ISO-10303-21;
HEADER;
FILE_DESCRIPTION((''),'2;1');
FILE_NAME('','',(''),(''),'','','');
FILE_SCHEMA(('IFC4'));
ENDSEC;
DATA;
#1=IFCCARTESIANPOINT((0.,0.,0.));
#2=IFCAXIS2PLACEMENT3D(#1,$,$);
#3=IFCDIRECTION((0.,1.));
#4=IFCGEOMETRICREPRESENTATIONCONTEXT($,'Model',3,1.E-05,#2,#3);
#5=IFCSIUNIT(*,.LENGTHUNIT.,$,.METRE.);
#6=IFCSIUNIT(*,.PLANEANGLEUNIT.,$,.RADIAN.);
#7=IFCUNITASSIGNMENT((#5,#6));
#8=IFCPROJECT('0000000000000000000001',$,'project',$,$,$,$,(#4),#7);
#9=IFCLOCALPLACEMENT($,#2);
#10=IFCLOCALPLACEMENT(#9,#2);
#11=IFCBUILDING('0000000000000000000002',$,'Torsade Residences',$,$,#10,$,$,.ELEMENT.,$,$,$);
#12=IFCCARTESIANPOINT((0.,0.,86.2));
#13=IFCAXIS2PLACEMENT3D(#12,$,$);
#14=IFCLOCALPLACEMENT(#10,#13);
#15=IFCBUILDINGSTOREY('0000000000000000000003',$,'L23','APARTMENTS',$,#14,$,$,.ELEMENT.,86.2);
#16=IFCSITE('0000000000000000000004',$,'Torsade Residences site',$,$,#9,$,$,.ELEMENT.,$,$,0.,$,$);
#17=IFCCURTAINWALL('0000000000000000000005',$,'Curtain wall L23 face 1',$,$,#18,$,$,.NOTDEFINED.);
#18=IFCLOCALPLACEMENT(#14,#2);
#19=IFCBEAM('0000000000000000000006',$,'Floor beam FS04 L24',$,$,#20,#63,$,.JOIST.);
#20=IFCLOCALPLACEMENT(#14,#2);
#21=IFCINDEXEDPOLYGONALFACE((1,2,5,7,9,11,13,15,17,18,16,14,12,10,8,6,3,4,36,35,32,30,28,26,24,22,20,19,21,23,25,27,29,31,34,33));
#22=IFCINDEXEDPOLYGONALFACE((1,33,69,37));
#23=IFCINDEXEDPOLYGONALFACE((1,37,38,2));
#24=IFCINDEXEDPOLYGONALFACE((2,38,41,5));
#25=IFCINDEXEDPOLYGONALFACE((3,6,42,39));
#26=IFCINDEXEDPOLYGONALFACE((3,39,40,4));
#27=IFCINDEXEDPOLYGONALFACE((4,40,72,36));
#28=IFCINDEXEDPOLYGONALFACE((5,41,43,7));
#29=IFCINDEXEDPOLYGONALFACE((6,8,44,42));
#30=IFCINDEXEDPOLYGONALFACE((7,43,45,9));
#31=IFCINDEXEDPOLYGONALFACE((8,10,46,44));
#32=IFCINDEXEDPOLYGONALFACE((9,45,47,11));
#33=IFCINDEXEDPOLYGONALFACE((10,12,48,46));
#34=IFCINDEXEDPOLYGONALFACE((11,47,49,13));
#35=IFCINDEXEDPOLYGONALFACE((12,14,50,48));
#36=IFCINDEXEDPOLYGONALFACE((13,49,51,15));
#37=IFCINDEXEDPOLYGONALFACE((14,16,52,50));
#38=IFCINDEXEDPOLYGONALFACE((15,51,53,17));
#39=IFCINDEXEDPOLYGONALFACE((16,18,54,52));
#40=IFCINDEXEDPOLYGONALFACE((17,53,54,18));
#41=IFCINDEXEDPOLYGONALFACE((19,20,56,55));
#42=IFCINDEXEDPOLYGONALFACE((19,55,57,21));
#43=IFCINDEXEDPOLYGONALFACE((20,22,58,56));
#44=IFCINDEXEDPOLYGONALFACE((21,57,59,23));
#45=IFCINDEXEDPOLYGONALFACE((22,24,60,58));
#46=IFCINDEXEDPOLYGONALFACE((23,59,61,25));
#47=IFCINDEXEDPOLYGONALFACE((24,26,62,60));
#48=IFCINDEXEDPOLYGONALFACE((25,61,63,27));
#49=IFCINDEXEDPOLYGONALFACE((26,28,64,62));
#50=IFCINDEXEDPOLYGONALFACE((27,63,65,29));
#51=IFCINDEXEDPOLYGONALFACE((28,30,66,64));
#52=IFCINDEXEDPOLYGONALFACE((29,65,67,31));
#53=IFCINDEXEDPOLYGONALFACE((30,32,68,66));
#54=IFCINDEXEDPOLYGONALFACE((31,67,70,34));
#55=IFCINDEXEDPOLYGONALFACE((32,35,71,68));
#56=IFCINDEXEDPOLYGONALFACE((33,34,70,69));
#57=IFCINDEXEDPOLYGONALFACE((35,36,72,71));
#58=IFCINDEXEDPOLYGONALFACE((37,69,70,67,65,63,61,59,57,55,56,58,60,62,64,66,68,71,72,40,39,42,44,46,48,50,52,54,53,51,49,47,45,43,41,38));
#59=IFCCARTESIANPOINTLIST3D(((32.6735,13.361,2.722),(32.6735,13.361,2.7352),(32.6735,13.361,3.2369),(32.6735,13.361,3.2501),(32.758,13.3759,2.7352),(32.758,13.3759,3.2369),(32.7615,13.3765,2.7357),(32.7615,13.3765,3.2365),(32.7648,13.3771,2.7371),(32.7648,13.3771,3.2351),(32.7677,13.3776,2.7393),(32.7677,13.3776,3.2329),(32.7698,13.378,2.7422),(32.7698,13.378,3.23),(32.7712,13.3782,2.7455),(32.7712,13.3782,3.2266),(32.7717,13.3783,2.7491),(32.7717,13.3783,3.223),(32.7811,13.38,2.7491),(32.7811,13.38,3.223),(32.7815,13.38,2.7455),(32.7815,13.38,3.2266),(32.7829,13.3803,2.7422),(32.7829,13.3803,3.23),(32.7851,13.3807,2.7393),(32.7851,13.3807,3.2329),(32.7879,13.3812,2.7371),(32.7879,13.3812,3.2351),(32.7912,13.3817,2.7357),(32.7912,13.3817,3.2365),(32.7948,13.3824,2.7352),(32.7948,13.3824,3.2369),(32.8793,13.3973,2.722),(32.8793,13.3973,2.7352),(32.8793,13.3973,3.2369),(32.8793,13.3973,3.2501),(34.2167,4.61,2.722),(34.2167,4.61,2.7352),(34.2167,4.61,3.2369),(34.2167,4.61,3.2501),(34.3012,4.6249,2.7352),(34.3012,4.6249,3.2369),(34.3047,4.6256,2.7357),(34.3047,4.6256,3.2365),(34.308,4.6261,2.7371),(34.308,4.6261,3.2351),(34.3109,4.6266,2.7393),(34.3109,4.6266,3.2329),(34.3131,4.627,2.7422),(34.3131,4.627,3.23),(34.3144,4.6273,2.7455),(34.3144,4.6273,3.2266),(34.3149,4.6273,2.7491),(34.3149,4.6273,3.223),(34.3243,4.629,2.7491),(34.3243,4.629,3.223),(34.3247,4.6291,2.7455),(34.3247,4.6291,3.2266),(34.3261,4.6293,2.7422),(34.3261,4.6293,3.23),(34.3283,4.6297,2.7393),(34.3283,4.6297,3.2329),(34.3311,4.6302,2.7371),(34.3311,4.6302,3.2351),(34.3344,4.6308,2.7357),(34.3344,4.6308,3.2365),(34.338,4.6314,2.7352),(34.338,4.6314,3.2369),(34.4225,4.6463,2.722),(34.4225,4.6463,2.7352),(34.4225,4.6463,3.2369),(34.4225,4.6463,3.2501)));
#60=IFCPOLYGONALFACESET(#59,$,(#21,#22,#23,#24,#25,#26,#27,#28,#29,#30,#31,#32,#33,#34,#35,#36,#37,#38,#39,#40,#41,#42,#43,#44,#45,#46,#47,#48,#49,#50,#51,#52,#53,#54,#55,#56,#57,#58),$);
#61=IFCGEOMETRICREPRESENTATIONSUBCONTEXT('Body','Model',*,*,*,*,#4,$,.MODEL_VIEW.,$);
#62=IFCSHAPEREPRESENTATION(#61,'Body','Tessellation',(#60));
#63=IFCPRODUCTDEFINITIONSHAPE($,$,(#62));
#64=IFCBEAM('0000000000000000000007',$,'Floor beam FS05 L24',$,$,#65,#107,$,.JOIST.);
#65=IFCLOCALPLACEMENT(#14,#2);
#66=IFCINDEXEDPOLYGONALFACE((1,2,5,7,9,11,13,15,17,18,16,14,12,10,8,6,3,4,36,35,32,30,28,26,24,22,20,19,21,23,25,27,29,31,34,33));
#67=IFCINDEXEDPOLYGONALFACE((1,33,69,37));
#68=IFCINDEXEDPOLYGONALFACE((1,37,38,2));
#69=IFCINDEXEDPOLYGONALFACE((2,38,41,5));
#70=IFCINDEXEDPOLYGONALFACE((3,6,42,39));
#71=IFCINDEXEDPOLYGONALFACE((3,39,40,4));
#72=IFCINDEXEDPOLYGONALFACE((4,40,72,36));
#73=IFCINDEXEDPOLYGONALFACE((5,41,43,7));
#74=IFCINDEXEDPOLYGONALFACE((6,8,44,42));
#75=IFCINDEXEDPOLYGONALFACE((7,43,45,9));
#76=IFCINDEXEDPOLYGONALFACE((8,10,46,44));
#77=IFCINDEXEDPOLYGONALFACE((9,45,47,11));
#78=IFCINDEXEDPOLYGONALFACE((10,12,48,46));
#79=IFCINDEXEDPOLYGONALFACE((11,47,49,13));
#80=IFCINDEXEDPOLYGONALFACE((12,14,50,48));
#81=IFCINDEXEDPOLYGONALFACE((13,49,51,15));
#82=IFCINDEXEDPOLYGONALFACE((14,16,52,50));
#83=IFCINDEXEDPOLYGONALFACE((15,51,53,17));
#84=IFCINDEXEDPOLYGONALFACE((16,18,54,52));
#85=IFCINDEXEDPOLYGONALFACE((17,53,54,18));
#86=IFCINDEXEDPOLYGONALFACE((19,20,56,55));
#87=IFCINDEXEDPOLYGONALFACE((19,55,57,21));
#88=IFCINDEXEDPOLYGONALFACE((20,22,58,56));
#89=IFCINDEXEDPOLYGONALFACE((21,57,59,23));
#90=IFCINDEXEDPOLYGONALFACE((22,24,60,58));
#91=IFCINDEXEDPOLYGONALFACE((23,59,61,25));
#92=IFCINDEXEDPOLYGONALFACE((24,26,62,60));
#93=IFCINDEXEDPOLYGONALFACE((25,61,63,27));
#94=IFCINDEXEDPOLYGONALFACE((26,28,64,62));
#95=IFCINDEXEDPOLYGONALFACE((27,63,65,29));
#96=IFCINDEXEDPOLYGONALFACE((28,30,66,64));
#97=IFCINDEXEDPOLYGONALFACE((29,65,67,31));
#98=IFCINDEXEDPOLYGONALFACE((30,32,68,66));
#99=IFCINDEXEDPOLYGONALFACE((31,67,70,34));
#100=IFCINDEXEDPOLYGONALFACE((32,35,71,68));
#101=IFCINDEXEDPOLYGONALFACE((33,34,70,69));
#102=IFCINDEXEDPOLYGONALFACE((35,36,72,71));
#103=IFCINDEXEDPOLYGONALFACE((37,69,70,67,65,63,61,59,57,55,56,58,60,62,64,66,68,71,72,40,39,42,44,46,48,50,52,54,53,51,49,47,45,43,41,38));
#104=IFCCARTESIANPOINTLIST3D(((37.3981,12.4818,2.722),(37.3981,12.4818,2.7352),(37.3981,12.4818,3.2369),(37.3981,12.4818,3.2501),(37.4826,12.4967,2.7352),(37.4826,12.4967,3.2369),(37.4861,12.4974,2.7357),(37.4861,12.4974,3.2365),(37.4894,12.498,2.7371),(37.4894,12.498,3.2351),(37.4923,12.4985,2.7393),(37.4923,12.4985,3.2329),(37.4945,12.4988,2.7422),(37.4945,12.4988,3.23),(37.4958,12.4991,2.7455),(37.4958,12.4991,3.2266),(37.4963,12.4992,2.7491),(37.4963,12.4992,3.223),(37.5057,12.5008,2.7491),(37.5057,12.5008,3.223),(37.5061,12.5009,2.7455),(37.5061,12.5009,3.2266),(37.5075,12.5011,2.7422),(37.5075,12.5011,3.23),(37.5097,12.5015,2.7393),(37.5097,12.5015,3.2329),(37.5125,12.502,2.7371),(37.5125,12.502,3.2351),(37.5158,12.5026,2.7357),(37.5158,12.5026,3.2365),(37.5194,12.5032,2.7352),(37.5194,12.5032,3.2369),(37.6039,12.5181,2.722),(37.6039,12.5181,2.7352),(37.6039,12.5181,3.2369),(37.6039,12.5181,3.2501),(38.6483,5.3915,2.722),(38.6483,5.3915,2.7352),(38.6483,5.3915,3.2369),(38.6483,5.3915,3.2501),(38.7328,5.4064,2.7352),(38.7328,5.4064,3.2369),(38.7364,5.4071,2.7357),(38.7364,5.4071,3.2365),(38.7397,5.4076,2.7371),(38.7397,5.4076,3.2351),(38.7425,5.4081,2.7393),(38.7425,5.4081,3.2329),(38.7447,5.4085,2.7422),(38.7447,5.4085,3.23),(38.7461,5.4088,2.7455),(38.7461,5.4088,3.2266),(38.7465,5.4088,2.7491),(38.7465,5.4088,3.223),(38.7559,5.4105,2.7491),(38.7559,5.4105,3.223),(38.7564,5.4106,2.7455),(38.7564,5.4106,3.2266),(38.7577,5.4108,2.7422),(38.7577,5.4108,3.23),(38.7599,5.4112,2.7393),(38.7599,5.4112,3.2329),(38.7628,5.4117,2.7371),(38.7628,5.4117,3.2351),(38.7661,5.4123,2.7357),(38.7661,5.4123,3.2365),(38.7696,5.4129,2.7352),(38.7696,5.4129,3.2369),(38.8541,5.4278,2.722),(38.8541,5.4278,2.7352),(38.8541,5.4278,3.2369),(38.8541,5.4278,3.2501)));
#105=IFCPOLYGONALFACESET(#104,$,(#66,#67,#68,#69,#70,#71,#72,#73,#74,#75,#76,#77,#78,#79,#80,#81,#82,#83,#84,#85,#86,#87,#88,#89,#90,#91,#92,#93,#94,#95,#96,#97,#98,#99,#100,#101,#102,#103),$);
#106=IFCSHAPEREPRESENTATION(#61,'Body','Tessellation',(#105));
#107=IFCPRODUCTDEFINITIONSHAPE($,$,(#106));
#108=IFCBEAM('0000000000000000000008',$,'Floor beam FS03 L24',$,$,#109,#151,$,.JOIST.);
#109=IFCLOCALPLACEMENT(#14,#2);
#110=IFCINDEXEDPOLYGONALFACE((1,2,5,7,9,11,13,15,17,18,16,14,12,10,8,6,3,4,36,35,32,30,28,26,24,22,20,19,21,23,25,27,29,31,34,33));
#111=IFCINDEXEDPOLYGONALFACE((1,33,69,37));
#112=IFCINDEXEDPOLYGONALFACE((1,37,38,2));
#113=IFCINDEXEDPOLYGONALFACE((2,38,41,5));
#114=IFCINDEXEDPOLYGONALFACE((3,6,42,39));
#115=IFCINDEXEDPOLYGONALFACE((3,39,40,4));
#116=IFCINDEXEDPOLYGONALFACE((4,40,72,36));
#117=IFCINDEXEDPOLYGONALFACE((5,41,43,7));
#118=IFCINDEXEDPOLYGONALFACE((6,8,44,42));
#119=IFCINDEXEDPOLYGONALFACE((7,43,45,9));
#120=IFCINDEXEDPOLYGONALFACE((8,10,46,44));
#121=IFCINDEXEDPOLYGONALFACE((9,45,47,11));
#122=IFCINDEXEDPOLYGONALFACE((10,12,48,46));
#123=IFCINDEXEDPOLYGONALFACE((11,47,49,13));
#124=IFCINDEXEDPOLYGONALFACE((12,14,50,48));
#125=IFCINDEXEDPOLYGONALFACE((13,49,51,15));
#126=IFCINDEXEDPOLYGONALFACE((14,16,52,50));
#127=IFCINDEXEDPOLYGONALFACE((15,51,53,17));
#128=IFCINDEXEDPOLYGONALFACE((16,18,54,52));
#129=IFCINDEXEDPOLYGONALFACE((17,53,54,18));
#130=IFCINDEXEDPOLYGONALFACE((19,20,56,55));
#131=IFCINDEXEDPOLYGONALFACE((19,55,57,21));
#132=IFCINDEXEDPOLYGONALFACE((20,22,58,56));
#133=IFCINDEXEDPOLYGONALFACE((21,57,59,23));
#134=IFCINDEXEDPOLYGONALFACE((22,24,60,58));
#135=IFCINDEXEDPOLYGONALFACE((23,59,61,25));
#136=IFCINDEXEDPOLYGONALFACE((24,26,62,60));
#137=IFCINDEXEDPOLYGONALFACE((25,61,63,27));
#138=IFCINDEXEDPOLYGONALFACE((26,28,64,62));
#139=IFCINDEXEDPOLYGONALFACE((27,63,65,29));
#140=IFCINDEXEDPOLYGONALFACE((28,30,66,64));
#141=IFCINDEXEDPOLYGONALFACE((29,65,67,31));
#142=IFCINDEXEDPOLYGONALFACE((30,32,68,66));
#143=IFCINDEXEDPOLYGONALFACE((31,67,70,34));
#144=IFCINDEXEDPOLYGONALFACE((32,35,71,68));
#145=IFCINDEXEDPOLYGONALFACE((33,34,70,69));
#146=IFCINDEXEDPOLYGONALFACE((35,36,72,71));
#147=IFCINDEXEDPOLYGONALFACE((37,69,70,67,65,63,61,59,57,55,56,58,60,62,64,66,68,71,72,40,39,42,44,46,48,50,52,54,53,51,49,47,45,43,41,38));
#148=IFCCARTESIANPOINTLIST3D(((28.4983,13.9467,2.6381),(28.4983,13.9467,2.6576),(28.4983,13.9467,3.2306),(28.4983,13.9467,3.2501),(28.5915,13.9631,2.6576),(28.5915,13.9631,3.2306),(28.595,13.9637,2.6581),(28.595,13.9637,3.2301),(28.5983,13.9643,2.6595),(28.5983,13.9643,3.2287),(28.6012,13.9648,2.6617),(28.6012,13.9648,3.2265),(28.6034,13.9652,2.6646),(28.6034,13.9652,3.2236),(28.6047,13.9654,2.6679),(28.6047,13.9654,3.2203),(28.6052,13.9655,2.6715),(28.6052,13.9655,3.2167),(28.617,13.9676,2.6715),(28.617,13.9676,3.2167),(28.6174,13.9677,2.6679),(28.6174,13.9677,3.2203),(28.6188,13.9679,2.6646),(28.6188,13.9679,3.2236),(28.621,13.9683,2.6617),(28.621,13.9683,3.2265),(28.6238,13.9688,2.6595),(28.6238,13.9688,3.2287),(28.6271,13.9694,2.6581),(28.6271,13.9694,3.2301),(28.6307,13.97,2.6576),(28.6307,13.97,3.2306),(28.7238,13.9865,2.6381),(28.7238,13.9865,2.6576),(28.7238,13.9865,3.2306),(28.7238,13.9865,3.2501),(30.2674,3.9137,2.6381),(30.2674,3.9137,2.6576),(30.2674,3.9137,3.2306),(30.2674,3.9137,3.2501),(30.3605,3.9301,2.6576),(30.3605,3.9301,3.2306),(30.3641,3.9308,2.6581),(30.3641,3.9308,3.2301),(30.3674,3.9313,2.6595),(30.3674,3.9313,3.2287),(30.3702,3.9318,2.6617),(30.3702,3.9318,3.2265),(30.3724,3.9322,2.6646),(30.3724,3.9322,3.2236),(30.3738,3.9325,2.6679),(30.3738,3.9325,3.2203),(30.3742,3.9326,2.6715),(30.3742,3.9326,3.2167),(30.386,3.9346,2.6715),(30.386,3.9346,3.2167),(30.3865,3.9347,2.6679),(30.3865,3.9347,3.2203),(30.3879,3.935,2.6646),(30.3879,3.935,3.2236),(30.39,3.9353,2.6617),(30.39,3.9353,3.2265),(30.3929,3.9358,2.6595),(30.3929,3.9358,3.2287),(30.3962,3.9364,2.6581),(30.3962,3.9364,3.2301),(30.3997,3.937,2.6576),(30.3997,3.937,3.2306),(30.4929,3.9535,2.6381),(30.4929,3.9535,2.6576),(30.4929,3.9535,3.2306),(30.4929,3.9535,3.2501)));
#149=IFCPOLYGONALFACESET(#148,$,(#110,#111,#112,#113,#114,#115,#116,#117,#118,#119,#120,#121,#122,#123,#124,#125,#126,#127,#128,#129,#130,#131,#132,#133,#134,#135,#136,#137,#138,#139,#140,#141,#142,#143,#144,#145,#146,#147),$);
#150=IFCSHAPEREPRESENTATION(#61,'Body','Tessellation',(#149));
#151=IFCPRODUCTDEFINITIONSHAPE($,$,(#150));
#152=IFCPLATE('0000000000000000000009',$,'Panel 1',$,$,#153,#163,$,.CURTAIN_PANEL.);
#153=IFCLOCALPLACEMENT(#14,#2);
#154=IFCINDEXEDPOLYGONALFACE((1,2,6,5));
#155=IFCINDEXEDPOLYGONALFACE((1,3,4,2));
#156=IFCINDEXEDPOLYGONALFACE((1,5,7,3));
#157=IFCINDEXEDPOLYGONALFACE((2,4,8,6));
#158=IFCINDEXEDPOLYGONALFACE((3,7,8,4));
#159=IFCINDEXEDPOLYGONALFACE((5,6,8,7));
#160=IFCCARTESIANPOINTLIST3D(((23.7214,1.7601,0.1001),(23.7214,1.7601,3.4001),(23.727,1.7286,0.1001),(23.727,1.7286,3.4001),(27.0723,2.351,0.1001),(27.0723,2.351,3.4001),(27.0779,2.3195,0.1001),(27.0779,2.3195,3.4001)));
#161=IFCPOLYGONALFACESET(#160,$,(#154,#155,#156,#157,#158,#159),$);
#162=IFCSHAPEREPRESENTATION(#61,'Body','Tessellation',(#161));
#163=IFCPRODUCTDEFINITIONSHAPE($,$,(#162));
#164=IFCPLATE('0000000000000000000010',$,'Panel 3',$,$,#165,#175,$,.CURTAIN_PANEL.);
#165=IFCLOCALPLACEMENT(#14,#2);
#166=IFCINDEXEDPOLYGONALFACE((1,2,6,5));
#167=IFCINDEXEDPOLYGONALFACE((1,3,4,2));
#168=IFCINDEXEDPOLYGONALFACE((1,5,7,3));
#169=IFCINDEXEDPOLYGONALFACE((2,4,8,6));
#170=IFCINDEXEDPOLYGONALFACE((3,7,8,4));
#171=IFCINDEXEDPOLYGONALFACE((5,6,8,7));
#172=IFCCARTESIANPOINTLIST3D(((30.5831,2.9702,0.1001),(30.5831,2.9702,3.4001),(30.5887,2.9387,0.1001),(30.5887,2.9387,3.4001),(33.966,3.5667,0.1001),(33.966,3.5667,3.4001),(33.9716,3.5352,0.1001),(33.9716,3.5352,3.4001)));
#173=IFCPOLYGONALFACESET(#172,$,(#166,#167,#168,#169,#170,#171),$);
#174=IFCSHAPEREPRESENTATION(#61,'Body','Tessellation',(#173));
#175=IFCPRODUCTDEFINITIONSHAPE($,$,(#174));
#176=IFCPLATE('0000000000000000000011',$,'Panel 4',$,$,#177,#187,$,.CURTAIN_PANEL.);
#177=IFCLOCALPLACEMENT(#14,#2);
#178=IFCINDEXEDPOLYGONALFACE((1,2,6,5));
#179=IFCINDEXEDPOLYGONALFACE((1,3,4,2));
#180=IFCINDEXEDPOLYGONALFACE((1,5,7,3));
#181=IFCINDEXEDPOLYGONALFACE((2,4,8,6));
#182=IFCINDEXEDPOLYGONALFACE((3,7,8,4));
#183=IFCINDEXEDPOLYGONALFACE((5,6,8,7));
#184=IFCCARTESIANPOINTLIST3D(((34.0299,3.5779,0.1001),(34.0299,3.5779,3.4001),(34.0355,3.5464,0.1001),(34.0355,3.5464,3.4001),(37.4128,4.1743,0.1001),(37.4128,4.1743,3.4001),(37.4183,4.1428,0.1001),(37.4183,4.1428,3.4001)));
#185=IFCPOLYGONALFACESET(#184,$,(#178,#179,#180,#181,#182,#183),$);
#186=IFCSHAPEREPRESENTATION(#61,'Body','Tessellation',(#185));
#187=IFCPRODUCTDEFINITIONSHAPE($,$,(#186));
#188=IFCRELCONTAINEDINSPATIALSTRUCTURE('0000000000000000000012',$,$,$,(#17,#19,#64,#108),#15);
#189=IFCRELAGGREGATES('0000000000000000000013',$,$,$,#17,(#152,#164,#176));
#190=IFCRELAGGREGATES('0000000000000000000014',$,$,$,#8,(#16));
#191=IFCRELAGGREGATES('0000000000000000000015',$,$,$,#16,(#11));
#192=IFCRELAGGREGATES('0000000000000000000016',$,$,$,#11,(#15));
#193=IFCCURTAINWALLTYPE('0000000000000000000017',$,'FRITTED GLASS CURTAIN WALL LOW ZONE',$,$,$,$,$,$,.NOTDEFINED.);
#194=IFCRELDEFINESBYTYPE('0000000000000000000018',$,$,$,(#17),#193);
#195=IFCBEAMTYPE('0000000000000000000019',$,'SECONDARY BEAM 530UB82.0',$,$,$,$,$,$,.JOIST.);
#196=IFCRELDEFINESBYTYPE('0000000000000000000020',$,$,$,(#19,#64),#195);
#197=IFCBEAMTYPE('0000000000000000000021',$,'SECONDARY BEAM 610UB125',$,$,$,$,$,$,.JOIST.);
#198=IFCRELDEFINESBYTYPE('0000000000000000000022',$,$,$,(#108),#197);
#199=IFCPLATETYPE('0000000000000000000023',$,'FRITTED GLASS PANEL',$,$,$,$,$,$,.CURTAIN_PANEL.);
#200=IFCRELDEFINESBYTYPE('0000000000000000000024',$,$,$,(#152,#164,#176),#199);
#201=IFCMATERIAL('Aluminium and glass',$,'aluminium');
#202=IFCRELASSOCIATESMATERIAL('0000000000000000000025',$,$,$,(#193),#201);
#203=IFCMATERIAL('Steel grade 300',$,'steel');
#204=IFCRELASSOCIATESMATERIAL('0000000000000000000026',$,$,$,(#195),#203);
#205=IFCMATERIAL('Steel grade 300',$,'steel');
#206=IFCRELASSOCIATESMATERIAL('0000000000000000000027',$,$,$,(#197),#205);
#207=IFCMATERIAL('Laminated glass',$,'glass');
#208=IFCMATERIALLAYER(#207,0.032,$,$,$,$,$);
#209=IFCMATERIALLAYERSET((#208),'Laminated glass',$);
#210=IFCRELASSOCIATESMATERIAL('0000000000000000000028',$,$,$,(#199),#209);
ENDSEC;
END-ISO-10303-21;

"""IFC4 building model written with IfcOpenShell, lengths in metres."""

from ifc_helpers import new_model, si_unit, direction, frame, origin, origin_2d, place, context, subcontext, project, spatial, rectangle, i_section, extrude, material, layer, layer_set, material_profile, profile_set, type_object, element, aggregate, save


model = new_model("IFC4")

# Units and contexts
model_context = context("Model", 3, precision=1e-05, world=origin(), true_north=direction((0.0, 1.0)))
body_context = subcontext(model_context, "Body", "Model", "MODEL_VIEW")
ifc_project = project(units=[si_unit("LENGTHUNIT", "METRE"), si_unit("PLANEANGLEUNIT", "RADIAN")], contexts=[model_context])

# Site, building, storey
site_placement = place(None, origin())
site = spatial("IfcSite", under=ifc_project, at=site_placement, Name="Torsade Residences site", CompositionType="ELEMENT", RefElevation=0.0)
building_placement = place(site_placement, origin())
building = spatial("IfcBuilding", under=site, at=building_placement, Name="Torsade Residences", CompositionType="ELEMENT")
storey_placement = place(building_placement, frame((0.0, 0.0, 86.2)))
storey = spatial("IfcBuildingStorey", under=building, at=storey_placement, Name="L23", Description="APARTMENTS", CompositionType="ELEMENT", Elevation=86.2)

# Curtain wall
ifc_material_1 = material(Name="Aluminium and glass", Category="aluminium")
curtain_wall_type = type_object("IfcCurtainWallType", Name="FRITTED GLASS CURTAIN WALL LOW ZONE", PredefinedType="NOTDEFINED", material=ifc_material_1)
curtain_wall_placement = place(storey_placement, origin())
curtain_wall = element("IfcCurtainWall", 1, at=curtain_wall_placement, inside=storey, type_object=curtain_wall_type, Name="Curtain wall L23 face 1", PredefinedType="NOTDEFINED")

# Beams
ifc_material_2 = material(Name="Steel grade 300", Category="steel")
ifc_material_profile_1 = material_profile(ifc_material_2, i_section(OverallWidth=0.209, OverallDepth=0.5281, WebThickness=0.0095, FlangeThickness=0.0132, FilletRadius=0.0139, at=origin_2d()), Name="530UB82.0")
ifc_profile_set_1 = profile_set([ifc_material_profile_1], Name="Steel grade 300")
beam_type_1 = type_object("IfcBeamType", Name="SECONDARY BEAM 530UB82.0", PredefinedType="JOIST", material=ifc_profile_set_1)
beam_1_placement = place(storey_placement, frame((34.3196, 4.6282, 2.9861), z_axis=(-0.173668, 0.984804, 0.0), x_axis=(-0.984804, -0.173668, 0.0)))
element("IfcBeam", 2, at=beam_1_placement, inside=storey, type_object=beam_type_1, Name="Floor beam FS04 L24", PredefinedType="JOIST", context=body_context, shape_type="SweptSolid", body=[
    extrude(i_section(OverallWidth=0.209, OverallDepth=0.5281, WebThickness=0.0095, FlangeThickness=0.0132, FilletRadius=0.0139, at=origin_2d()), origin(), (0.0, 0.0, 1.0), 8.886),
])
beam_2_placement = place(storey_placement, frame((38.7512, 5.4097, 2.9861), z_axis=(-0.173652, 0.984807, 0.0), x_axis=(-0.984807, -0.173652, 0.0)))
element("IfcBeam", 3, at=beam_2_placement, inside=storey, type_object=beam_type_1, Name="Floor beam FS05 L24", PredefinedType="JOIST", context=body_context, shape_type="SweptSolid", body=[
    extrude(i_section(OverallWidth=0.209, OverallDepth=0.5281, WebThickness=0.0095, FlangeThickness=0.0132, FilletRadius=0.0139, at=origin_2d()), origin(), (0.0, 0.0, 1.0), 7.1997),
])
ifc_material_3 = material(Name="Steel grade 300", Category="steel")
ifc_material_profile_2 = material_profile(ifc_material_3, i_section(OverallWidth=0.229, OverallDepth=0.6121, WebThickness=0.012, FlangeThickness=0.0195, FilletRadius=0.0139, at=origin_2d()), Name="610UB125")
ifc_profile_set_2 = profile_set([ifc_material_profile_2], Name="Steel grade 300")
beam_type_2 = type_object("IfcBeamType", Name="SECONDARY BEAM 610UB125", PredefinedType="JOIST", material=ifc_profile_set_2)
beam_3_placement = place(storey_placement, frame((30.3801, 3.9336, 2.9441), z_axis=(-0.173645, 0.984808, 0.0), x_axis=(-0.984808, -0.173645, 0.0)))
element("IfcBeam", 4, at=beam_3_placement, inside=storey, type_object=beam_type_2, Name="Floor beam FS03 L24", PredefinedType="JOIST", context=body_context, shape_type="SweptSolid", body=[
    extrude(i_section(OverallWidth=0.229, OverallDepth=0.6121, WebThickness=0.012, FlangeThickness=0.0195, FilletRadius=0.0139, at=origin_2d()), origin(), (0.0, 0.0, 1.0), 10.1877),
])

# Plates
ifc_material_4 = material(Name="Laminated glass", Category="glass")
ifc_layer_1 = layer(ifc_material_4, 0.032)
ifc_layer_set_1 = layer_set([ifc_layer_1], Name="Laminated glass")
plate_type_1 = type_object("IfcPlateType", Name="FRITTED GLASS PANEL", PredefinedType="CURTAIN_PANEL", material=ifc_layer_set_1)
plate_1_placement = place(storey_placement, frame((25.3997, 2.0398, 0.1001), z_axis=(0.0, 0.0, 1.0), x_axis=(0.984808, 0.173648, 0.0)))
plate_1 = element("IfcPlate", 5, at=plate_1_placement, type_object=plate_type_1, Name="Panel 1", PredefinedType="CURTAIN_PANEL", context=body_context, shape_type="SweptSolid", body=[
    extrude(rectangle(XDim=3.4026, YDim=0.032, at=origin_2d()), origin(), (0.0, 0.0, 1.0), 3.3),
])
plate_2_placement = place(storey_placement, frame((32.2773, 3.2527, 0.1001), z_axis=(0.0, 0.0, 1.0), x_axis=(0.984808, 0.173648, 0.0)))
plate_2 = element("IfcPlate", 6, at=plate_2_placement, type_object=plate_type_1, Name="Panel 3", PredefinedType="CURTAIN_PANEL", context=body_context, shape_type="SweptSolid", body=[
    extrude(rectangle(XDim=3.4351, YDim=0.032, at=origin_2d()), origin(), (0.0, 0.0, 1.0), 3.3),
])
plate_3_placement = place(storey_placement, frame((35.7241, 3.8604, 0.1001), z_axis=(0.0, 0.0, 1.0), x_axis=(0.984808, 0.173648, 0.0)))
plate_3 = element("IfcPlate", 7, at=plate_3_placement, type_object=plate_type_1, Name="Panel 4", PredefinedType="CURTAIN_PANEL", context=body_context, shape_type="SweptSolid", body=[
    extrude(rectangle(XDim=3.4351, YDim=0.032, at=origin_2d()), origin(), (0.0, 0.0, 1.0), 3.3),
])
aggregate(curtain_wall, [plate_1, plate_2, plate_3])

save(model, "model.ifc")
